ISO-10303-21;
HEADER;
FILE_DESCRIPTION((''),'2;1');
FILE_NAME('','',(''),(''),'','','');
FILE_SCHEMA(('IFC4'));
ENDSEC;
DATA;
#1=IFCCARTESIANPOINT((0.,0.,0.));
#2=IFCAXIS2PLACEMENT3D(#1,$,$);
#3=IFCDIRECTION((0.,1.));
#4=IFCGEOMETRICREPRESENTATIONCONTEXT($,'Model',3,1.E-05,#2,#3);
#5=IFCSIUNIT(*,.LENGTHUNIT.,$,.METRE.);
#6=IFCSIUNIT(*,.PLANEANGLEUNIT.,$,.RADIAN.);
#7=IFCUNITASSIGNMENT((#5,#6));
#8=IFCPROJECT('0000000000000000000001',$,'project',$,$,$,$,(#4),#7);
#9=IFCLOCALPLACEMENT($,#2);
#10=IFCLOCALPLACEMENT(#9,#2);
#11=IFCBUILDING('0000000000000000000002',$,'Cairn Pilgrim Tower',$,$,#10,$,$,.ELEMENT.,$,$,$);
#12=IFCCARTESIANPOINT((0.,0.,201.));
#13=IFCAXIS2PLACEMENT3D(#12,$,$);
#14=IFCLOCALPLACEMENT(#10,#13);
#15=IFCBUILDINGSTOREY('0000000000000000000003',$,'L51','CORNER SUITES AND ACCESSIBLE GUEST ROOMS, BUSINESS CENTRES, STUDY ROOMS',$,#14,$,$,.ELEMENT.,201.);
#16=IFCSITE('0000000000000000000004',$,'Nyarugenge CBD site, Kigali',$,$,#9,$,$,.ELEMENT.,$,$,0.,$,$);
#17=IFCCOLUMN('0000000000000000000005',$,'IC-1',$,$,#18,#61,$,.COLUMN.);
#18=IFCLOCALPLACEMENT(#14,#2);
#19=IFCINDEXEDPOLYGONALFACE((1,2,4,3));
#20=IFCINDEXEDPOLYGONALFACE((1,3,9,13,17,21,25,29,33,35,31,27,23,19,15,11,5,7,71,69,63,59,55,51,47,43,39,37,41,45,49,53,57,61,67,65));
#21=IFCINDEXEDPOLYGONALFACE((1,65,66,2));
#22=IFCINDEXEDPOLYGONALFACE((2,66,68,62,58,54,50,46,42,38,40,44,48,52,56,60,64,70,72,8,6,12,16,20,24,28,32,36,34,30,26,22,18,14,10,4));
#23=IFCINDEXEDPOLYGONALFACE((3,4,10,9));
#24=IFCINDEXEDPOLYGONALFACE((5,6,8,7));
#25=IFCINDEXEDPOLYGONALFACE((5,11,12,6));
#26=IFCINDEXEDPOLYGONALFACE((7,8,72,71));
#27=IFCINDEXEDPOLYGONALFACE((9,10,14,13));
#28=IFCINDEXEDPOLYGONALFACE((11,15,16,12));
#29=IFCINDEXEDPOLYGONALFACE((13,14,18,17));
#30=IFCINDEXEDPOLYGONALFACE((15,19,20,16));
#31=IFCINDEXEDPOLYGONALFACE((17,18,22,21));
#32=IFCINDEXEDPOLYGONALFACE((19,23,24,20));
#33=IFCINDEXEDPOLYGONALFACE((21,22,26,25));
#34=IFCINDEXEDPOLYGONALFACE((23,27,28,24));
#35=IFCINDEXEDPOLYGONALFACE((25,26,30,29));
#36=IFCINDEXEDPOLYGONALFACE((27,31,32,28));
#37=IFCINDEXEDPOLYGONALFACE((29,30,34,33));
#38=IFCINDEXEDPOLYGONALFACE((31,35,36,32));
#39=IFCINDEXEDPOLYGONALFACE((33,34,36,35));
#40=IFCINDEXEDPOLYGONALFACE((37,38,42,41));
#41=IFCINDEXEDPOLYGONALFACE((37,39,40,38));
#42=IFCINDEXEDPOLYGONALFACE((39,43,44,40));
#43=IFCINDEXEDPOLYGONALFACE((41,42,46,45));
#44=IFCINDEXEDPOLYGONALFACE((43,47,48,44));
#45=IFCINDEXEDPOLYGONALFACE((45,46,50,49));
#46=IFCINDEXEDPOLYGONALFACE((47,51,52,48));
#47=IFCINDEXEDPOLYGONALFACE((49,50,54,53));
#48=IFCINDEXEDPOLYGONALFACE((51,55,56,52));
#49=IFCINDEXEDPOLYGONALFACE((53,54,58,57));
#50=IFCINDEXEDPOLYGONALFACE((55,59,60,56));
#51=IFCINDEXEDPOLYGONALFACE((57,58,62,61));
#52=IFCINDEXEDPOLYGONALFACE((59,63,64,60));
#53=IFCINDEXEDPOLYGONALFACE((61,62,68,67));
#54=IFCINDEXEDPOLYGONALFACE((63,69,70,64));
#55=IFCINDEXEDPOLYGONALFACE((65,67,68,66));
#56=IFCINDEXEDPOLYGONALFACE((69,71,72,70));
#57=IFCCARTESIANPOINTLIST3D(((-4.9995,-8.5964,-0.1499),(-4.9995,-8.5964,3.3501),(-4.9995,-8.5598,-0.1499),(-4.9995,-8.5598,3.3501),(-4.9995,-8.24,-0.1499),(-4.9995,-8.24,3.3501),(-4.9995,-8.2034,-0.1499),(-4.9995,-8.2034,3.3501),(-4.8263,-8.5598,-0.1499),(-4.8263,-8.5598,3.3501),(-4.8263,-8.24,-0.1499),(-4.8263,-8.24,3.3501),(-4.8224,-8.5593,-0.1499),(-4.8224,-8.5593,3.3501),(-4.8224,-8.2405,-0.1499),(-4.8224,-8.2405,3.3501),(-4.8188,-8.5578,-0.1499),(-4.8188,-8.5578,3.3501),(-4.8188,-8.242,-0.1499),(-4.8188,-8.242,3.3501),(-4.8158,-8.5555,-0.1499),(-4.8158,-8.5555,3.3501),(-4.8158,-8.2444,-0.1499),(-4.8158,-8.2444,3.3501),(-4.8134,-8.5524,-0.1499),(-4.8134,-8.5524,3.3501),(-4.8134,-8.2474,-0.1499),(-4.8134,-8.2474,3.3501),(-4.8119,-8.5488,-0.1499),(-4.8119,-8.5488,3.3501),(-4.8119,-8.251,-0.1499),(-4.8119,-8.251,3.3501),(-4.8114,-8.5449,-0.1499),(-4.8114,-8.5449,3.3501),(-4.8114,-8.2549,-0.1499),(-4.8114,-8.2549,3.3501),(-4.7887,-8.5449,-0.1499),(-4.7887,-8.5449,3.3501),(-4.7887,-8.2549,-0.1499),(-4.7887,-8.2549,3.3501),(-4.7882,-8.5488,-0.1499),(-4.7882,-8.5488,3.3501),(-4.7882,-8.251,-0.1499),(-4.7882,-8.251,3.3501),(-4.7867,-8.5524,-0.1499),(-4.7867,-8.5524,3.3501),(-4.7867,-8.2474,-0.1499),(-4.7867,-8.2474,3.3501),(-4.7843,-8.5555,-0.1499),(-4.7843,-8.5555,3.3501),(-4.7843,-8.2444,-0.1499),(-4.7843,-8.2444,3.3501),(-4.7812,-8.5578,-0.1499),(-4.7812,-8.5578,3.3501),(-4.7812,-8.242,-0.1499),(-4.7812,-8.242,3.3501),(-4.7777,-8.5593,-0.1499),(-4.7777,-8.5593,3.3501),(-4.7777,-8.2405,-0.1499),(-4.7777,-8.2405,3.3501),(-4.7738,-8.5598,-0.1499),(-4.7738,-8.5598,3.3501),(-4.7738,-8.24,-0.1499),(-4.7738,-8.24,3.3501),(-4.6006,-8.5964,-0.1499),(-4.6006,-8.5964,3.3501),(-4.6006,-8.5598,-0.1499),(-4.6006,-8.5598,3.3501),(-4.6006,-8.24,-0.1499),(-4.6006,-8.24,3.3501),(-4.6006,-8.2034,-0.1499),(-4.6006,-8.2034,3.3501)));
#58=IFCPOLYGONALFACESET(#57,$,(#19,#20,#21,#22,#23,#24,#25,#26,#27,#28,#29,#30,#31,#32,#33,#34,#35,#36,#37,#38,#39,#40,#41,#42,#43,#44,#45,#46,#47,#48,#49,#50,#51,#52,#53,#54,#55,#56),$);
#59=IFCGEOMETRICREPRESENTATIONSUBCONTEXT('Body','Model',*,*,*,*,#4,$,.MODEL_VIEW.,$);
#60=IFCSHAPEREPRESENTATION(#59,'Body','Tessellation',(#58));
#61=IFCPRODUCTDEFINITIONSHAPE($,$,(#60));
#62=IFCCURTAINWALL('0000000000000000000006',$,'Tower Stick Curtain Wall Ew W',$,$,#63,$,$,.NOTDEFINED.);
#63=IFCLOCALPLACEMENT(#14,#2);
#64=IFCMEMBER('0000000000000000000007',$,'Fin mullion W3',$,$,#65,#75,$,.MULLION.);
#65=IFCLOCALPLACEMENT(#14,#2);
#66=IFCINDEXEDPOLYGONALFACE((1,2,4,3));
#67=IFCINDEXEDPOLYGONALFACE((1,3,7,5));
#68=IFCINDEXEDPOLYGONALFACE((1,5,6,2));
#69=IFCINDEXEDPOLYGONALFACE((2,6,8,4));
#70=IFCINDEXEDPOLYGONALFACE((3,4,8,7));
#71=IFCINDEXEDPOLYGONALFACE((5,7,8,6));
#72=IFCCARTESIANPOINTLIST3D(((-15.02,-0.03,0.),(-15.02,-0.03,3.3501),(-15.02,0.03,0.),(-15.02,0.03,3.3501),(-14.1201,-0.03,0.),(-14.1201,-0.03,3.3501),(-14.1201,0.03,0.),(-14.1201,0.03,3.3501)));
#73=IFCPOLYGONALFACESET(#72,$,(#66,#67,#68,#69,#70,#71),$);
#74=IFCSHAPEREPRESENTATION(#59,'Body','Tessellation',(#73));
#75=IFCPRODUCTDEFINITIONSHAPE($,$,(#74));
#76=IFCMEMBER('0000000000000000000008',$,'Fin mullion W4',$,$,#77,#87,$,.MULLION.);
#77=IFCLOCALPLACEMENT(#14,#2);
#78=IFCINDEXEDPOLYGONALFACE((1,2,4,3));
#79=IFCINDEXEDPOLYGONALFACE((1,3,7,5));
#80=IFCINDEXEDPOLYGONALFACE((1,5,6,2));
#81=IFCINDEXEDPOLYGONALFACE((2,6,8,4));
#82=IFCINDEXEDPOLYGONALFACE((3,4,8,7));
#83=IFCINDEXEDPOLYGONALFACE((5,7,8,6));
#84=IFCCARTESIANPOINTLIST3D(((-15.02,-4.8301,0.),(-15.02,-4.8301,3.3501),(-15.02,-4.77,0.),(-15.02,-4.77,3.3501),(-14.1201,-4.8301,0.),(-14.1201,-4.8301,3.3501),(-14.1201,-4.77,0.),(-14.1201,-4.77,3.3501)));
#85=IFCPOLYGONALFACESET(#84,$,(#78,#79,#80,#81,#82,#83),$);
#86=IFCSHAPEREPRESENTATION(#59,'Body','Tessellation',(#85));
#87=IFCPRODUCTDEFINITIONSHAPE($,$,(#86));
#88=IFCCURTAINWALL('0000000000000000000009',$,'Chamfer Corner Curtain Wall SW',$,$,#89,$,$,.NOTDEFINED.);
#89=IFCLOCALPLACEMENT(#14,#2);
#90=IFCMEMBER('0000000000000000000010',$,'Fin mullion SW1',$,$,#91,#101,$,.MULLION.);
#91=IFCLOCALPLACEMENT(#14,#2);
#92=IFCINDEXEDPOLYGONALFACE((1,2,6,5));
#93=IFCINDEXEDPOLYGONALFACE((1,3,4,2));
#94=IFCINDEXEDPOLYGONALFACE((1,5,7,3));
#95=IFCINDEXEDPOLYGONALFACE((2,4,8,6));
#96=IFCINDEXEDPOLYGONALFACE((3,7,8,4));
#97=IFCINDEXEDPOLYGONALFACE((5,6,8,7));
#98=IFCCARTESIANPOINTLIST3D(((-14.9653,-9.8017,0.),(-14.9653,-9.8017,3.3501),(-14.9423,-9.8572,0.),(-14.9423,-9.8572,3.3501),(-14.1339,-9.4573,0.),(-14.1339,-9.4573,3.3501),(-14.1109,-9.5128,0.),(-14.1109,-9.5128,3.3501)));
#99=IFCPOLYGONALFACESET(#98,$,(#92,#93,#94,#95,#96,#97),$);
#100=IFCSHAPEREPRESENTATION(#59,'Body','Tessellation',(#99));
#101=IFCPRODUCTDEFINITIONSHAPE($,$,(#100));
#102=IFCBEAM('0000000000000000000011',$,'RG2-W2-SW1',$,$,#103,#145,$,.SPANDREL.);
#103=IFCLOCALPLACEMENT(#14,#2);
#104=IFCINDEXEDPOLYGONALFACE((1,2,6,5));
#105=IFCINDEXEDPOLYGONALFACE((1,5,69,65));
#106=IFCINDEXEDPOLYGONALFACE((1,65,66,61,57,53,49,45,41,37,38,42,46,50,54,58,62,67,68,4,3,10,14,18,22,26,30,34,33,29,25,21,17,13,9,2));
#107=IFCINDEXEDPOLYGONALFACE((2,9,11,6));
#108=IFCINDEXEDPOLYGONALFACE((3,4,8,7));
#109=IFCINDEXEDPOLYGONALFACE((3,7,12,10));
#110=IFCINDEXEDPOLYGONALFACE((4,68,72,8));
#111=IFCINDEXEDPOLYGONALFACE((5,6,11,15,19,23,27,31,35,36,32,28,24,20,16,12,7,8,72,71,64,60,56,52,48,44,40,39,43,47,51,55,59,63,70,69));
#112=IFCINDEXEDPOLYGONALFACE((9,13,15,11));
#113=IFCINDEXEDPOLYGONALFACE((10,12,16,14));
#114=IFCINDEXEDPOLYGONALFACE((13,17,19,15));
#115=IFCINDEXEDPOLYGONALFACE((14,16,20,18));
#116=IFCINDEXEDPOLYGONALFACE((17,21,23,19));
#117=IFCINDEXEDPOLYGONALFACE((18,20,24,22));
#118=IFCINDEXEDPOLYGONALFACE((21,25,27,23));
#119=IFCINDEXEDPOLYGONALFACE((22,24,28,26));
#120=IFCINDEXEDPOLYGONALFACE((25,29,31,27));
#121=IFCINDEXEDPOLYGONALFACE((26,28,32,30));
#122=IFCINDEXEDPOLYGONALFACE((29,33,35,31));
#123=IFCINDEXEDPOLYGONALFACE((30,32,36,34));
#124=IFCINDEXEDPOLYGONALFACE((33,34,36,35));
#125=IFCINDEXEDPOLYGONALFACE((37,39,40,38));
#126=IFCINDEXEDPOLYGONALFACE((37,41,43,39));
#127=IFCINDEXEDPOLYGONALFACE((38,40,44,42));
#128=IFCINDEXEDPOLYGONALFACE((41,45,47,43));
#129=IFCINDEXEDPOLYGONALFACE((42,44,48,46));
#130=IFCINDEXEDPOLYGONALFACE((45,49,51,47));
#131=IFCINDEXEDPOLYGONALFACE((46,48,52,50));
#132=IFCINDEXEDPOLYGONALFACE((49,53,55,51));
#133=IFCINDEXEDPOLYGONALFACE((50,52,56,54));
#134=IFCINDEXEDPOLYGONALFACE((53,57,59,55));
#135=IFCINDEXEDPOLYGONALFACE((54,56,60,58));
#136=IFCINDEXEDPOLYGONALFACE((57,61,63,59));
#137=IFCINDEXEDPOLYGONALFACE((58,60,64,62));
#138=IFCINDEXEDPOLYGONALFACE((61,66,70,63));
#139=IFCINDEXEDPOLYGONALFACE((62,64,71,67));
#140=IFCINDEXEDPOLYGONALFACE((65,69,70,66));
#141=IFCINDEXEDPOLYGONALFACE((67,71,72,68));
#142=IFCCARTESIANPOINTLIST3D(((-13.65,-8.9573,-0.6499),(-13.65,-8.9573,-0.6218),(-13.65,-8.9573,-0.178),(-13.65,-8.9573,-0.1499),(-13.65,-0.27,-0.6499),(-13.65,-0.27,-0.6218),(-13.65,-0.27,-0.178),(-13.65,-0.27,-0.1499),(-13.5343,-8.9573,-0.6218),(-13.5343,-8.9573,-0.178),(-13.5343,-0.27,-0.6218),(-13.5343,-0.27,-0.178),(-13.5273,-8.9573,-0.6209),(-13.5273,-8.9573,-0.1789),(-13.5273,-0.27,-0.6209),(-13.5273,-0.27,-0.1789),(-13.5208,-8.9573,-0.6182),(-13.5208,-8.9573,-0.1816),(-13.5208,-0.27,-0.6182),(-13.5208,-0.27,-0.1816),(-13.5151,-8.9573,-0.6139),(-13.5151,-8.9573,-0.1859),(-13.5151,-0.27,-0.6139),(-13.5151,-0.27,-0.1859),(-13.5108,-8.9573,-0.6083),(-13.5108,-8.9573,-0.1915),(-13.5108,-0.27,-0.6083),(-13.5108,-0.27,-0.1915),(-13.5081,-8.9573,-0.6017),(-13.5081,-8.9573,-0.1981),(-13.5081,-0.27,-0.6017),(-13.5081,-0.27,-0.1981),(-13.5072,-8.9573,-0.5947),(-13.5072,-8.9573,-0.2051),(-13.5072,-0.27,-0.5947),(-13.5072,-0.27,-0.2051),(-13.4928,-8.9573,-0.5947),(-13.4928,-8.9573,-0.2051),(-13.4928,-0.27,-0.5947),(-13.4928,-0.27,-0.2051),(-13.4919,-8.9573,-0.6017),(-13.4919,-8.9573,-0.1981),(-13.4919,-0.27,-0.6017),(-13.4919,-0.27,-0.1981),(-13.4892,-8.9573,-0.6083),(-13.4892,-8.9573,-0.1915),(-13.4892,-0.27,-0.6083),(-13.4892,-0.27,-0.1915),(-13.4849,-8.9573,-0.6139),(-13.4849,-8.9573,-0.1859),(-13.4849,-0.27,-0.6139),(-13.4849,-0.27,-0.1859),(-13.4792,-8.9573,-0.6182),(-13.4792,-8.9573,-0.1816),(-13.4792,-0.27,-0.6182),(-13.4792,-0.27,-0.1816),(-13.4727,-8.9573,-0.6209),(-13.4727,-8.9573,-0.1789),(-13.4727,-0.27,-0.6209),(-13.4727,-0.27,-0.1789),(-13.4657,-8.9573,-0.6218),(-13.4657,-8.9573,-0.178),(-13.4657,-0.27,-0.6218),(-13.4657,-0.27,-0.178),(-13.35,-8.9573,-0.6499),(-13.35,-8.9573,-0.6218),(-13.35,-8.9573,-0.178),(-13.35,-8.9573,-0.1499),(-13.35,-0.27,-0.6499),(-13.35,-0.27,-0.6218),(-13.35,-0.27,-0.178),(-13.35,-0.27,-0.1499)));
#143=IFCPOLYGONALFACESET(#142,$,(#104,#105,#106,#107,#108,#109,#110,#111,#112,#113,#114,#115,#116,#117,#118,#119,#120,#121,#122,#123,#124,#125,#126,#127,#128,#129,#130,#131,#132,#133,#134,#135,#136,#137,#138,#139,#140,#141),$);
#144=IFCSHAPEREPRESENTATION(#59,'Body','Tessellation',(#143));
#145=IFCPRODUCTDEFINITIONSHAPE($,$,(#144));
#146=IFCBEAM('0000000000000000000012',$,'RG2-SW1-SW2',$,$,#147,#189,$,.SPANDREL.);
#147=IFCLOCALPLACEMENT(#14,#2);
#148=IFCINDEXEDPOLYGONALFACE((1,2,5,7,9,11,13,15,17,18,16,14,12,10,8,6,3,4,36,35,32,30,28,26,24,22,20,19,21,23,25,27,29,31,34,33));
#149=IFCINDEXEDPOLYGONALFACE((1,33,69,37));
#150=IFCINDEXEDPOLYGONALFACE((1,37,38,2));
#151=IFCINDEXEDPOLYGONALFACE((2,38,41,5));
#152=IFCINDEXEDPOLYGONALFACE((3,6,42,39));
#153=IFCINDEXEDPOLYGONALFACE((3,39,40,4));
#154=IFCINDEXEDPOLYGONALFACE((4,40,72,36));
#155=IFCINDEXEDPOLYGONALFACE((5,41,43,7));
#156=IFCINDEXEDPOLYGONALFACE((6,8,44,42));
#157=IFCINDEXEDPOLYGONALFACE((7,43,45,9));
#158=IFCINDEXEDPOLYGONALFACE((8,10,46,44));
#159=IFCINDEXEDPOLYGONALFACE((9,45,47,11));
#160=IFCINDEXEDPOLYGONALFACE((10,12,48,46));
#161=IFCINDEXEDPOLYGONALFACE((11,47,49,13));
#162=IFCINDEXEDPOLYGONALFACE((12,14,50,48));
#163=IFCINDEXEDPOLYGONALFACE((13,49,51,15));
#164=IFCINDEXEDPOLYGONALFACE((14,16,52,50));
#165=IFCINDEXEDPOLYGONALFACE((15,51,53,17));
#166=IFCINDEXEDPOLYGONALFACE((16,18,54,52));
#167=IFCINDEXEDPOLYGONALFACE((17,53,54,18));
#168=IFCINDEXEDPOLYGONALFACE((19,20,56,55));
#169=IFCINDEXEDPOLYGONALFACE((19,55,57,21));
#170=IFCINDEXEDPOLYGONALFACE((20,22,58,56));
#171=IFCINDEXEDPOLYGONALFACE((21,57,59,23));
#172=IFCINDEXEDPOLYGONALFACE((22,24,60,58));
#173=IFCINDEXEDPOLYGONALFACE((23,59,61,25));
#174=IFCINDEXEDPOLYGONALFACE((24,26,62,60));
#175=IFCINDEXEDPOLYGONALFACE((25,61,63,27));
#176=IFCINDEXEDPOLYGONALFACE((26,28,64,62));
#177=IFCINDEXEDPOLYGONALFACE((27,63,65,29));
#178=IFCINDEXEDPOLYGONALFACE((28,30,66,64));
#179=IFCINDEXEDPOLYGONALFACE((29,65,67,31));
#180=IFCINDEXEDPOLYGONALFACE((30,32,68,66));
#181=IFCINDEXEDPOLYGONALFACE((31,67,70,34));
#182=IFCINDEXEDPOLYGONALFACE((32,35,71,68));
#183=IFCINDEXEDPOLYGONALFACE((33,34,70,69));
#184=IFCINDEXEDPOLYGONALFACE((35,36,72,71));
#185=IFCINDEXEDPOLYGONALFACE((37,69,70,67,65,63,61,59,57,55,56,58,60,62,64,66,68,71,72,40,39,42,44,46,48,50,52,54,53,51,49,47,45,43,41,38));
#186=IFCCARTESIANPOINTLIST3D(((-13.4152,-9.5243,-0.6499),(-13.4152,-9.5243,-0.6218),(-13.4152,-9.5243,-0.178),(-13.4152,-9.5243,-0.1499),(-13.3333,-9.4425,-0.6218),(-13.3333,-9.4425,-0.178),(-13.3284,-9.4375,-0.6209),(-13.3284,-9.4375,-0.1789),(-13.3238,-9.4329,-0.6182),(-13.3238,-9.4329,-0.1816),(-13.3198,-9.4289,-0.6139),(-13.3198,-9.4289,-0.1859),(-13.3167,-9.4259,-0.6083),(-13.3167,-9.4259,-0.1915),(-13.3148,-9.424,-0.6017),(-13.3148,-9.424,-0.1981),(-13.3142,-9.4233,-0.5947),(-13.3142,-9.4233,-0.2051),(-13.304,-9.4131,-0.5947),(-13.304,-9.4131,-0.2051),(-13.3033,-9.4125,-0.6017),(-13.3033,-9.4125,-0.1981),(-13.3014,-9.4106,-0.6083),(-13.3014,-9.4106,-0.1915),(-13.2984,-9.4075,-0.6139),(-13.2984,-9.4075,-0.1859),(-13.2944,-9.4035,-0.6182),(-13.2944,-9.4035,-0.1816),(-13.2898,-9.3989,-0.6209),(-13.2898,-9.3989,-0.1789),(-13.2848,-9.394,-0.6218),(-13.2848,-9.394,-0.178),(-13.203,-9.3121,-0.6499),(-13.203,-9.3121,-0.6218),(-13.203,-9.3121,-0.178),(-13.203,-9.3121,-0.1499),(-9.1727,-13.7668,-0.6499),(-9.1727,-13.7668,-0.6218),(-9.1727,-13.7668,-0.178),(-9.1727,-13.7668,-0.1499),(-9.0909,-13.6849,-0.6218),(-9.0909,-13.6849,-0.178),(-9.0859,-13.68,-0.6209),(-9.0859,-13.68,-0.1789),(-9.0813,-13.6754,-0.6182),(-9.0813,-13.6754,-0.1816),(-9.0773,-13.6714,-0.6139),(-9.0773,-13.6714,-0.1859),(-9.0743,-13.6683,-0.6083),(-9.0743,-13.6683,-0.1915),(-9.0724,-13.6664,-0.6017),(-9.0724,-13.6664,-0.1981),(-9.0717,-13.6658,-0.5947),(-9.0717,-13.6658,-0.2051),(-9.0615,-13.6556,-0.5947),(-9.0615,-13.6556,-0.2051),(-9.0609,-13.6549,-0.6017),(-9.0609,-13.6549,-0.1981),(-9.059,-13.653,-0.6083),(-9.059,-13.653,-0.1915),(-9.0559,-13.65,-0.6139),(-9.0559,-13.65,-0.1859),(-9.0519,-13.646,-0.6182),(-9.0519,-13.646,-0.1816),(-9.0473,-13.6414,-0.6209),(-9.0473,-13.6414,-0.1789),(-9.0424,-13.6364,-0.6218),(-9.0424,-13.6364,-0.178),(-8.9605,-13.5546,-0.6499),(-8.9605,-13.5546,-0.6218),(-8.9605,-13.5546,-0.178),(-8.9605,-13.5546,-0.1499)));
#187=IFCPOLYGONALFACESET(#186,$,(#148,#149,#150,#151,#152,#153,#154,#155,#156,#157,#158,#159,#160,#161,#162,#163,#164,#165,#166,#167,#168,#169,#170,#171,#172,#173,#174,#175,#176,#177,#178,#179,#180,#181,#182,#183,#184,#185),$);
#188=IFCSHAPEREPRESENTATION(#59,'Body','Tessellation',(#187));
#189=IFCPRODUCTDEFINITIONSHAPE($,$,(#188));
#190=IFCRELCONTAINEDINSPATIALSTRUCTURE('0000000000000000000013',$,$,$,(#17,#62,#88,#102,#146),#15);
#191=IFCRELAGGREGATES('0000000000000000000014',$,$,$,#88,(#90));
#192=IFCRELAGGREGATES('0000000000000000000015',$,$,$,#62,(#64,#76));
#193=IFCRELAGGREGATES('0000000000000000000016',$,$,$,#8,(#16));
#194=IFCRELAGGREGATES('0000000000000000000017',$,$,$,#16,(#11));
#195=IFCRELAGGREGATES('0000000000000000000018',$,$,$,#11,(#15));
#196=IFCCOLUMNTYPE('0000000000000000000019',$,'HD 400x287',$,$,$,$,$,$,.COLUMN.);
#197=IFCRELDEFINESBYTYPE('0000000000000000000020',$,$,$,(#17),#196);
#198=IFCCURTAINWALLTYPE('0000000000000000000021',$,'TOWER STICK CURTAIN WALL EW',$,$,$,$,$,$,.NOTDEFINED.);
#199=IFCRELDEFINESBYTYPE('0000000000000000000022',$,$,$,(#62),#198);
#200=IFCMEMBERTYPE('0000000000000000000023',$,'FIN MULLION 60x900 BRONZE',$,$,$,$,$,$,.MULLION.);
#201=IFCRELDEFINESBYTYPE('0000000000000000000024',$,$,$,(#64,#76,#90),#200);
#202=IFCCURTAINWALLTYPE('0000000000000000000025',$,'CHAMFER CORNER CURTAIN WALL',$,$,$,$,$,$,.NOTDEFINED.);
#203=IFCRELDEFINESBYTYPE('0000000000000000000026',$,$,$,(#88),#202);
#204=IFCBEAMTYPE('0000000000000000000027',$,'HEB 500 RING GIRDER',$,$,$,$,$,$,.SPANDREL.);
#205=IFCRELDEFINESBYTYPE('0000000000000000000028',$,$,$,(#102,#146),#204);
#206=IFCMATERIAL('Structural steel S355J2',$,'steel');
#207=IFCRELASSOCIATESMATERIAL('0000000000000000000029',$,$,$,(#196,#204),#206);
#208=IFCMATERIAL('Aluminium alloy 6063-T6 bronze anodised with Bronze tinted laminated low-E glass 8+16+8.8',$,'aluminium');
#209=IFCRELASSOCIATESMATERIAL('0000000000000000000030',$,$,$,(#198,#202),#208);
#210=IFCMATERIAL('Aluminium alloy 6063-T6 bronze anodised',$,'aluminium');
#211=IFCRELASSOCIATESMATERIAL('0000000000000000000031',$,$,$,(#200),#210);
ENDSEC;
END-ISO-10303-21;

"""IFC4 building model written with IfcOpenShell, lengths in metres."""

from ifc_helpers import new_model, si_unit, direction, frame, origin, origin_2d, place, context, subcontext, project, spatial, rectangle, i_section, extrude, material, material_profile, profile_set, type_object, element, aggregate, save


model = new_model("IFC4")

# Units and contexts
model_context = context("Model", 3, precision=1e-05, world=origin(), true_north=direction((0.0, 1.0)))
body_context = subcontext(model_context, "Body", "Model", "MODEL_VIEW")
ifc_project = project(units=[si_unit("LENGTHUNIT", "METRE"), si_unit("PLANEANGLEUNIT", "RADIAN")], contexts=[model_context])

# Site, building, storey
site_placement = place(None, origin())
site = spatial("IfcSite", under=ifc_project, at=site_placement, Name="Nyarugenge CBD site, Kigali", CompositionType="ELEMENT", RefElevation=0.0)
building_placement = place(site_placement, origin())
building = spatial("IfcBuilding", under=site, at=building_placement, Name="Cairn Pilgrim Tower", CompositionType="ELEMENT")
storey_placement = place(building_placement, frame((0.0, 0.0, 201.0)))
storey = spatial("IfcBuildingStorey", under=building, at=storey_placement, Name="L51", Description="CORNER SUITES AND ACCESSIBLE GUEST ROOMS, BUSINESS CENTRES, STUDY ROOMS", CompositionType="ELEMENT", Elevation=201.0)

# Column
ifc_material_1 = material(Name="Structural steel S355J2", Category="steel")
ifc_material_profile_1 = material_profile(ifc_material_1, i_section(OverallWidth=0.3989, OverallDepth=0.3931, WebThickness=0.0227, FlangeThickness=0.0366, FilletRadius=0.0149, at=origin_2d()), Name="HD 400x287")
ifc_profile_set_1 = profile_set([ifc_material_profile_1], Name="Structural steel S355J2")
column_type_1 = type_object("IfcColumnType", Name="HD 400x287", PredefinedType="COLUMN", material=ifc_profile_set_1)
column_1_placement = place(storey_placement, frame((-4.8, -8.3999, -0.1499), z_axis=(0.0, 0.0, 1.0), x_axis=(1.0, 0.0, 0.0)))
element("IfcColumn", 1, at=column_1_placement, inside=storey, type_object=column_type_1, Name="IC-1", PredefinedType="COLUMN", context=body_context, shape_type="SweptSolid", body=[
    extrude(i_section(OverallWidth=0.3989, OverallDepth=0.3931, WebThickness=0.0227, FlangeThickness=0.0366, FilletRadius=0.0149, at=origin_2d()), origin(), (0.0, 0.0, 1.0), 3.5),
])

# Curtain wall, members
ifc_material_2 = material(Name="Aluminium alloy 6063-T6 bronze anodised with Bronze tinted laminated low-E glass 8+16+8.8", Category="aluminium")
curtain_wall_type_1 = type_object("IfcCurtainWallType", Name="TOWER STICK CURTAIN WALL EW", PredefinedType="NOTDEFINED", material=ifc_material_2)
curtain_wall_1_placement = place(storey_placement, origin())
curtain_wall_1 = element("IfcCurtainWall", 2, at=curtain_wall_1_placement, inside=storey, type_object=curtain_wall_type_1, Name="Tower Stick Curtain Wall Ew W", PredefinedType="NOTDEFINED")
ifc_material_3 = material(Name="Aluminium alloy 6063-T6 bronze anodised", Category="aluminium")
ifc_material_profile_2 = material_profile(ifc_material_3, rectangle(XDim=0.8999, YDim=0.0601, at=origin_2d()), Name="FIN MULLION 60x900 BRONZE")
ifc_profile_set_2 = profile_set([ifc_material_profile_2], Name="Aluminium alloy 6063-T6 bronze anodised")
member_type_1 = type_object("IfcMemberType", Name="FIN MULLION 60x900 BRONZE", PredefinedType="MULLION", material=ifc_profile_set_2)
member_1_placement = place(storey_placement, frame((-14.5701, 0.0, 0.0), z_axis=(0.0, 0.0, 1.0), x_axis=(-1.0, 0.0, 0.0)))
member_1 = element("IfcMember", 3, at=member_1_placement, type_object=member_type_1, Name="Fin mullion W3", PredefinedType="MULLION", context=body_context, shape_type="SweptSolid", body=[
    extrude(rectangle(XDim=0.8999, YDim=0.0601, at=origin_2d()), origin(), (0.0, 0.0, 1.0), 3.3501),
])
member_2_placement = place(storey_placement, frame((-14.5701, -4.8, 0.0), z_axis=(0.0, 0.0, 1.0), x_axis=(-1.0, 0.0, 0.0)))
member_2 = element("IfcMember", 4, at=member_2_placement, type_object=member_type_1, Name="Fin mullion W4", PredefinedType="MULLION", context=body_context, shape_type="SweptSolid", body=[
    extrude(rectangle(XDim=0.8999, YDim=0.0601, at=origin_2d()), origin(), (0.0, 0.0, 1.0), 3.3501),
])

# Curtain wall, member
curtain_wall_type_2 = type_object("IfcCurtainWallType", Name="CHAMFER CORNER CURTAIN WALL", PredefinedType="NOTDEFINED", material=ifc_material_2)
curtain_wall_2_placement = place(storey_placement, origin())
curtain_wall_2 = element("IfcCurtainWall", 5, at=curtain_wall_2_placement, inside=storey, type_object=curtain_wall_type_2, Name="Chamfer Corner Curtain Wall SW", PredefinedType="NOTDEFINED")
member_3_placement = place(storey_placement, frame((-14.5381, -9.6572, 0.0), z_axis=(0.0, 0.0, 1.0), x_axis=(-0.92388, -0.382683, 0.0)))
member_3 = element("IfcMember", 6, at=member_3_placement, type_object=member_type_1, Name="Fin mullion SW1", PredefinedType="MULLION", context=body_context, shape_type="SweptSolid", body=[
    extrude(rectangle(XDim=0.8999, YDim=0.0601, at=origin_2d()), origin(), (0.0, 0.0, 1.0), 3.3501),
])
aggregate(curtain_wall_2, [member_3])

# Beams
ifc_material_profile_3 = material_profile(ifc_material_1, i_section(OverallWidth=0.3, OverallDepth=0.5, WebThickness=0.0144, FlangeThickness=0.0281, FilletRadius=0.0271, at=origin_2d()), Name="HEB 500")
ifc_profile_set_3 = profile_set([ifc_material_profile_3], Name="Structural steel S355J2")
beam_type_1 = type_object("IfcBeamType", Name="HEB 500 RING GIRDER", PredefinedType="SPANDREL", material=ifc_profile_set_3)
beam_1_placement = place(storey_placement, frame((-13.5, -0.27, -0.3999), z_axis=(0.0, -1.0, 0.0), x_axis=(1.0, 0.0, 0.0)))
element("IfcBeam", 7, at=beam_1_placement, inside=storey, type_object=beam_type_1, Name="RG2-W2-SW1", PredefinedType="SPANDREL", context=body_context, shape_type="SweptSolid", body=[
    extrude(i_section(OverallWidth=0.3, OverallDepth=0.5, WebThickness=0.0144, FlangeThickness=0.0281, FilletRadius=0.0271, at=origin_2d()), origin(), (0.0, 0.0, 1.0), 8.6873),
])
beam_2_placement = place(storey_placement, frame((-13.3091, -9.4182, -0.3999), z_axis=(0.707107, -0.707107, 0.0), x_axis=(0.707107, 0.707107, 0.0)))
element("IfcBeam", 8, at=beam_2_placement, inside=storey, type_object=beam_type_1, Name="RG2-SW1-SW2", PredefinedType="SPANDREL", context=body_context, shape_type="SweptSolid", body=[
    extrude(i_section(OverallWidth=0.3, OverallDepth=0.5, WebThickness=0.0144, FlangeThickness=0.0281, FilletRadius=0.0271, at=origin_2d()), origin(), (0.0, 0.0, 1.0), 5.9998),
])

aggregate(curtain_wall_1, [member_1, member_2])

save(model, "model.ifc")
